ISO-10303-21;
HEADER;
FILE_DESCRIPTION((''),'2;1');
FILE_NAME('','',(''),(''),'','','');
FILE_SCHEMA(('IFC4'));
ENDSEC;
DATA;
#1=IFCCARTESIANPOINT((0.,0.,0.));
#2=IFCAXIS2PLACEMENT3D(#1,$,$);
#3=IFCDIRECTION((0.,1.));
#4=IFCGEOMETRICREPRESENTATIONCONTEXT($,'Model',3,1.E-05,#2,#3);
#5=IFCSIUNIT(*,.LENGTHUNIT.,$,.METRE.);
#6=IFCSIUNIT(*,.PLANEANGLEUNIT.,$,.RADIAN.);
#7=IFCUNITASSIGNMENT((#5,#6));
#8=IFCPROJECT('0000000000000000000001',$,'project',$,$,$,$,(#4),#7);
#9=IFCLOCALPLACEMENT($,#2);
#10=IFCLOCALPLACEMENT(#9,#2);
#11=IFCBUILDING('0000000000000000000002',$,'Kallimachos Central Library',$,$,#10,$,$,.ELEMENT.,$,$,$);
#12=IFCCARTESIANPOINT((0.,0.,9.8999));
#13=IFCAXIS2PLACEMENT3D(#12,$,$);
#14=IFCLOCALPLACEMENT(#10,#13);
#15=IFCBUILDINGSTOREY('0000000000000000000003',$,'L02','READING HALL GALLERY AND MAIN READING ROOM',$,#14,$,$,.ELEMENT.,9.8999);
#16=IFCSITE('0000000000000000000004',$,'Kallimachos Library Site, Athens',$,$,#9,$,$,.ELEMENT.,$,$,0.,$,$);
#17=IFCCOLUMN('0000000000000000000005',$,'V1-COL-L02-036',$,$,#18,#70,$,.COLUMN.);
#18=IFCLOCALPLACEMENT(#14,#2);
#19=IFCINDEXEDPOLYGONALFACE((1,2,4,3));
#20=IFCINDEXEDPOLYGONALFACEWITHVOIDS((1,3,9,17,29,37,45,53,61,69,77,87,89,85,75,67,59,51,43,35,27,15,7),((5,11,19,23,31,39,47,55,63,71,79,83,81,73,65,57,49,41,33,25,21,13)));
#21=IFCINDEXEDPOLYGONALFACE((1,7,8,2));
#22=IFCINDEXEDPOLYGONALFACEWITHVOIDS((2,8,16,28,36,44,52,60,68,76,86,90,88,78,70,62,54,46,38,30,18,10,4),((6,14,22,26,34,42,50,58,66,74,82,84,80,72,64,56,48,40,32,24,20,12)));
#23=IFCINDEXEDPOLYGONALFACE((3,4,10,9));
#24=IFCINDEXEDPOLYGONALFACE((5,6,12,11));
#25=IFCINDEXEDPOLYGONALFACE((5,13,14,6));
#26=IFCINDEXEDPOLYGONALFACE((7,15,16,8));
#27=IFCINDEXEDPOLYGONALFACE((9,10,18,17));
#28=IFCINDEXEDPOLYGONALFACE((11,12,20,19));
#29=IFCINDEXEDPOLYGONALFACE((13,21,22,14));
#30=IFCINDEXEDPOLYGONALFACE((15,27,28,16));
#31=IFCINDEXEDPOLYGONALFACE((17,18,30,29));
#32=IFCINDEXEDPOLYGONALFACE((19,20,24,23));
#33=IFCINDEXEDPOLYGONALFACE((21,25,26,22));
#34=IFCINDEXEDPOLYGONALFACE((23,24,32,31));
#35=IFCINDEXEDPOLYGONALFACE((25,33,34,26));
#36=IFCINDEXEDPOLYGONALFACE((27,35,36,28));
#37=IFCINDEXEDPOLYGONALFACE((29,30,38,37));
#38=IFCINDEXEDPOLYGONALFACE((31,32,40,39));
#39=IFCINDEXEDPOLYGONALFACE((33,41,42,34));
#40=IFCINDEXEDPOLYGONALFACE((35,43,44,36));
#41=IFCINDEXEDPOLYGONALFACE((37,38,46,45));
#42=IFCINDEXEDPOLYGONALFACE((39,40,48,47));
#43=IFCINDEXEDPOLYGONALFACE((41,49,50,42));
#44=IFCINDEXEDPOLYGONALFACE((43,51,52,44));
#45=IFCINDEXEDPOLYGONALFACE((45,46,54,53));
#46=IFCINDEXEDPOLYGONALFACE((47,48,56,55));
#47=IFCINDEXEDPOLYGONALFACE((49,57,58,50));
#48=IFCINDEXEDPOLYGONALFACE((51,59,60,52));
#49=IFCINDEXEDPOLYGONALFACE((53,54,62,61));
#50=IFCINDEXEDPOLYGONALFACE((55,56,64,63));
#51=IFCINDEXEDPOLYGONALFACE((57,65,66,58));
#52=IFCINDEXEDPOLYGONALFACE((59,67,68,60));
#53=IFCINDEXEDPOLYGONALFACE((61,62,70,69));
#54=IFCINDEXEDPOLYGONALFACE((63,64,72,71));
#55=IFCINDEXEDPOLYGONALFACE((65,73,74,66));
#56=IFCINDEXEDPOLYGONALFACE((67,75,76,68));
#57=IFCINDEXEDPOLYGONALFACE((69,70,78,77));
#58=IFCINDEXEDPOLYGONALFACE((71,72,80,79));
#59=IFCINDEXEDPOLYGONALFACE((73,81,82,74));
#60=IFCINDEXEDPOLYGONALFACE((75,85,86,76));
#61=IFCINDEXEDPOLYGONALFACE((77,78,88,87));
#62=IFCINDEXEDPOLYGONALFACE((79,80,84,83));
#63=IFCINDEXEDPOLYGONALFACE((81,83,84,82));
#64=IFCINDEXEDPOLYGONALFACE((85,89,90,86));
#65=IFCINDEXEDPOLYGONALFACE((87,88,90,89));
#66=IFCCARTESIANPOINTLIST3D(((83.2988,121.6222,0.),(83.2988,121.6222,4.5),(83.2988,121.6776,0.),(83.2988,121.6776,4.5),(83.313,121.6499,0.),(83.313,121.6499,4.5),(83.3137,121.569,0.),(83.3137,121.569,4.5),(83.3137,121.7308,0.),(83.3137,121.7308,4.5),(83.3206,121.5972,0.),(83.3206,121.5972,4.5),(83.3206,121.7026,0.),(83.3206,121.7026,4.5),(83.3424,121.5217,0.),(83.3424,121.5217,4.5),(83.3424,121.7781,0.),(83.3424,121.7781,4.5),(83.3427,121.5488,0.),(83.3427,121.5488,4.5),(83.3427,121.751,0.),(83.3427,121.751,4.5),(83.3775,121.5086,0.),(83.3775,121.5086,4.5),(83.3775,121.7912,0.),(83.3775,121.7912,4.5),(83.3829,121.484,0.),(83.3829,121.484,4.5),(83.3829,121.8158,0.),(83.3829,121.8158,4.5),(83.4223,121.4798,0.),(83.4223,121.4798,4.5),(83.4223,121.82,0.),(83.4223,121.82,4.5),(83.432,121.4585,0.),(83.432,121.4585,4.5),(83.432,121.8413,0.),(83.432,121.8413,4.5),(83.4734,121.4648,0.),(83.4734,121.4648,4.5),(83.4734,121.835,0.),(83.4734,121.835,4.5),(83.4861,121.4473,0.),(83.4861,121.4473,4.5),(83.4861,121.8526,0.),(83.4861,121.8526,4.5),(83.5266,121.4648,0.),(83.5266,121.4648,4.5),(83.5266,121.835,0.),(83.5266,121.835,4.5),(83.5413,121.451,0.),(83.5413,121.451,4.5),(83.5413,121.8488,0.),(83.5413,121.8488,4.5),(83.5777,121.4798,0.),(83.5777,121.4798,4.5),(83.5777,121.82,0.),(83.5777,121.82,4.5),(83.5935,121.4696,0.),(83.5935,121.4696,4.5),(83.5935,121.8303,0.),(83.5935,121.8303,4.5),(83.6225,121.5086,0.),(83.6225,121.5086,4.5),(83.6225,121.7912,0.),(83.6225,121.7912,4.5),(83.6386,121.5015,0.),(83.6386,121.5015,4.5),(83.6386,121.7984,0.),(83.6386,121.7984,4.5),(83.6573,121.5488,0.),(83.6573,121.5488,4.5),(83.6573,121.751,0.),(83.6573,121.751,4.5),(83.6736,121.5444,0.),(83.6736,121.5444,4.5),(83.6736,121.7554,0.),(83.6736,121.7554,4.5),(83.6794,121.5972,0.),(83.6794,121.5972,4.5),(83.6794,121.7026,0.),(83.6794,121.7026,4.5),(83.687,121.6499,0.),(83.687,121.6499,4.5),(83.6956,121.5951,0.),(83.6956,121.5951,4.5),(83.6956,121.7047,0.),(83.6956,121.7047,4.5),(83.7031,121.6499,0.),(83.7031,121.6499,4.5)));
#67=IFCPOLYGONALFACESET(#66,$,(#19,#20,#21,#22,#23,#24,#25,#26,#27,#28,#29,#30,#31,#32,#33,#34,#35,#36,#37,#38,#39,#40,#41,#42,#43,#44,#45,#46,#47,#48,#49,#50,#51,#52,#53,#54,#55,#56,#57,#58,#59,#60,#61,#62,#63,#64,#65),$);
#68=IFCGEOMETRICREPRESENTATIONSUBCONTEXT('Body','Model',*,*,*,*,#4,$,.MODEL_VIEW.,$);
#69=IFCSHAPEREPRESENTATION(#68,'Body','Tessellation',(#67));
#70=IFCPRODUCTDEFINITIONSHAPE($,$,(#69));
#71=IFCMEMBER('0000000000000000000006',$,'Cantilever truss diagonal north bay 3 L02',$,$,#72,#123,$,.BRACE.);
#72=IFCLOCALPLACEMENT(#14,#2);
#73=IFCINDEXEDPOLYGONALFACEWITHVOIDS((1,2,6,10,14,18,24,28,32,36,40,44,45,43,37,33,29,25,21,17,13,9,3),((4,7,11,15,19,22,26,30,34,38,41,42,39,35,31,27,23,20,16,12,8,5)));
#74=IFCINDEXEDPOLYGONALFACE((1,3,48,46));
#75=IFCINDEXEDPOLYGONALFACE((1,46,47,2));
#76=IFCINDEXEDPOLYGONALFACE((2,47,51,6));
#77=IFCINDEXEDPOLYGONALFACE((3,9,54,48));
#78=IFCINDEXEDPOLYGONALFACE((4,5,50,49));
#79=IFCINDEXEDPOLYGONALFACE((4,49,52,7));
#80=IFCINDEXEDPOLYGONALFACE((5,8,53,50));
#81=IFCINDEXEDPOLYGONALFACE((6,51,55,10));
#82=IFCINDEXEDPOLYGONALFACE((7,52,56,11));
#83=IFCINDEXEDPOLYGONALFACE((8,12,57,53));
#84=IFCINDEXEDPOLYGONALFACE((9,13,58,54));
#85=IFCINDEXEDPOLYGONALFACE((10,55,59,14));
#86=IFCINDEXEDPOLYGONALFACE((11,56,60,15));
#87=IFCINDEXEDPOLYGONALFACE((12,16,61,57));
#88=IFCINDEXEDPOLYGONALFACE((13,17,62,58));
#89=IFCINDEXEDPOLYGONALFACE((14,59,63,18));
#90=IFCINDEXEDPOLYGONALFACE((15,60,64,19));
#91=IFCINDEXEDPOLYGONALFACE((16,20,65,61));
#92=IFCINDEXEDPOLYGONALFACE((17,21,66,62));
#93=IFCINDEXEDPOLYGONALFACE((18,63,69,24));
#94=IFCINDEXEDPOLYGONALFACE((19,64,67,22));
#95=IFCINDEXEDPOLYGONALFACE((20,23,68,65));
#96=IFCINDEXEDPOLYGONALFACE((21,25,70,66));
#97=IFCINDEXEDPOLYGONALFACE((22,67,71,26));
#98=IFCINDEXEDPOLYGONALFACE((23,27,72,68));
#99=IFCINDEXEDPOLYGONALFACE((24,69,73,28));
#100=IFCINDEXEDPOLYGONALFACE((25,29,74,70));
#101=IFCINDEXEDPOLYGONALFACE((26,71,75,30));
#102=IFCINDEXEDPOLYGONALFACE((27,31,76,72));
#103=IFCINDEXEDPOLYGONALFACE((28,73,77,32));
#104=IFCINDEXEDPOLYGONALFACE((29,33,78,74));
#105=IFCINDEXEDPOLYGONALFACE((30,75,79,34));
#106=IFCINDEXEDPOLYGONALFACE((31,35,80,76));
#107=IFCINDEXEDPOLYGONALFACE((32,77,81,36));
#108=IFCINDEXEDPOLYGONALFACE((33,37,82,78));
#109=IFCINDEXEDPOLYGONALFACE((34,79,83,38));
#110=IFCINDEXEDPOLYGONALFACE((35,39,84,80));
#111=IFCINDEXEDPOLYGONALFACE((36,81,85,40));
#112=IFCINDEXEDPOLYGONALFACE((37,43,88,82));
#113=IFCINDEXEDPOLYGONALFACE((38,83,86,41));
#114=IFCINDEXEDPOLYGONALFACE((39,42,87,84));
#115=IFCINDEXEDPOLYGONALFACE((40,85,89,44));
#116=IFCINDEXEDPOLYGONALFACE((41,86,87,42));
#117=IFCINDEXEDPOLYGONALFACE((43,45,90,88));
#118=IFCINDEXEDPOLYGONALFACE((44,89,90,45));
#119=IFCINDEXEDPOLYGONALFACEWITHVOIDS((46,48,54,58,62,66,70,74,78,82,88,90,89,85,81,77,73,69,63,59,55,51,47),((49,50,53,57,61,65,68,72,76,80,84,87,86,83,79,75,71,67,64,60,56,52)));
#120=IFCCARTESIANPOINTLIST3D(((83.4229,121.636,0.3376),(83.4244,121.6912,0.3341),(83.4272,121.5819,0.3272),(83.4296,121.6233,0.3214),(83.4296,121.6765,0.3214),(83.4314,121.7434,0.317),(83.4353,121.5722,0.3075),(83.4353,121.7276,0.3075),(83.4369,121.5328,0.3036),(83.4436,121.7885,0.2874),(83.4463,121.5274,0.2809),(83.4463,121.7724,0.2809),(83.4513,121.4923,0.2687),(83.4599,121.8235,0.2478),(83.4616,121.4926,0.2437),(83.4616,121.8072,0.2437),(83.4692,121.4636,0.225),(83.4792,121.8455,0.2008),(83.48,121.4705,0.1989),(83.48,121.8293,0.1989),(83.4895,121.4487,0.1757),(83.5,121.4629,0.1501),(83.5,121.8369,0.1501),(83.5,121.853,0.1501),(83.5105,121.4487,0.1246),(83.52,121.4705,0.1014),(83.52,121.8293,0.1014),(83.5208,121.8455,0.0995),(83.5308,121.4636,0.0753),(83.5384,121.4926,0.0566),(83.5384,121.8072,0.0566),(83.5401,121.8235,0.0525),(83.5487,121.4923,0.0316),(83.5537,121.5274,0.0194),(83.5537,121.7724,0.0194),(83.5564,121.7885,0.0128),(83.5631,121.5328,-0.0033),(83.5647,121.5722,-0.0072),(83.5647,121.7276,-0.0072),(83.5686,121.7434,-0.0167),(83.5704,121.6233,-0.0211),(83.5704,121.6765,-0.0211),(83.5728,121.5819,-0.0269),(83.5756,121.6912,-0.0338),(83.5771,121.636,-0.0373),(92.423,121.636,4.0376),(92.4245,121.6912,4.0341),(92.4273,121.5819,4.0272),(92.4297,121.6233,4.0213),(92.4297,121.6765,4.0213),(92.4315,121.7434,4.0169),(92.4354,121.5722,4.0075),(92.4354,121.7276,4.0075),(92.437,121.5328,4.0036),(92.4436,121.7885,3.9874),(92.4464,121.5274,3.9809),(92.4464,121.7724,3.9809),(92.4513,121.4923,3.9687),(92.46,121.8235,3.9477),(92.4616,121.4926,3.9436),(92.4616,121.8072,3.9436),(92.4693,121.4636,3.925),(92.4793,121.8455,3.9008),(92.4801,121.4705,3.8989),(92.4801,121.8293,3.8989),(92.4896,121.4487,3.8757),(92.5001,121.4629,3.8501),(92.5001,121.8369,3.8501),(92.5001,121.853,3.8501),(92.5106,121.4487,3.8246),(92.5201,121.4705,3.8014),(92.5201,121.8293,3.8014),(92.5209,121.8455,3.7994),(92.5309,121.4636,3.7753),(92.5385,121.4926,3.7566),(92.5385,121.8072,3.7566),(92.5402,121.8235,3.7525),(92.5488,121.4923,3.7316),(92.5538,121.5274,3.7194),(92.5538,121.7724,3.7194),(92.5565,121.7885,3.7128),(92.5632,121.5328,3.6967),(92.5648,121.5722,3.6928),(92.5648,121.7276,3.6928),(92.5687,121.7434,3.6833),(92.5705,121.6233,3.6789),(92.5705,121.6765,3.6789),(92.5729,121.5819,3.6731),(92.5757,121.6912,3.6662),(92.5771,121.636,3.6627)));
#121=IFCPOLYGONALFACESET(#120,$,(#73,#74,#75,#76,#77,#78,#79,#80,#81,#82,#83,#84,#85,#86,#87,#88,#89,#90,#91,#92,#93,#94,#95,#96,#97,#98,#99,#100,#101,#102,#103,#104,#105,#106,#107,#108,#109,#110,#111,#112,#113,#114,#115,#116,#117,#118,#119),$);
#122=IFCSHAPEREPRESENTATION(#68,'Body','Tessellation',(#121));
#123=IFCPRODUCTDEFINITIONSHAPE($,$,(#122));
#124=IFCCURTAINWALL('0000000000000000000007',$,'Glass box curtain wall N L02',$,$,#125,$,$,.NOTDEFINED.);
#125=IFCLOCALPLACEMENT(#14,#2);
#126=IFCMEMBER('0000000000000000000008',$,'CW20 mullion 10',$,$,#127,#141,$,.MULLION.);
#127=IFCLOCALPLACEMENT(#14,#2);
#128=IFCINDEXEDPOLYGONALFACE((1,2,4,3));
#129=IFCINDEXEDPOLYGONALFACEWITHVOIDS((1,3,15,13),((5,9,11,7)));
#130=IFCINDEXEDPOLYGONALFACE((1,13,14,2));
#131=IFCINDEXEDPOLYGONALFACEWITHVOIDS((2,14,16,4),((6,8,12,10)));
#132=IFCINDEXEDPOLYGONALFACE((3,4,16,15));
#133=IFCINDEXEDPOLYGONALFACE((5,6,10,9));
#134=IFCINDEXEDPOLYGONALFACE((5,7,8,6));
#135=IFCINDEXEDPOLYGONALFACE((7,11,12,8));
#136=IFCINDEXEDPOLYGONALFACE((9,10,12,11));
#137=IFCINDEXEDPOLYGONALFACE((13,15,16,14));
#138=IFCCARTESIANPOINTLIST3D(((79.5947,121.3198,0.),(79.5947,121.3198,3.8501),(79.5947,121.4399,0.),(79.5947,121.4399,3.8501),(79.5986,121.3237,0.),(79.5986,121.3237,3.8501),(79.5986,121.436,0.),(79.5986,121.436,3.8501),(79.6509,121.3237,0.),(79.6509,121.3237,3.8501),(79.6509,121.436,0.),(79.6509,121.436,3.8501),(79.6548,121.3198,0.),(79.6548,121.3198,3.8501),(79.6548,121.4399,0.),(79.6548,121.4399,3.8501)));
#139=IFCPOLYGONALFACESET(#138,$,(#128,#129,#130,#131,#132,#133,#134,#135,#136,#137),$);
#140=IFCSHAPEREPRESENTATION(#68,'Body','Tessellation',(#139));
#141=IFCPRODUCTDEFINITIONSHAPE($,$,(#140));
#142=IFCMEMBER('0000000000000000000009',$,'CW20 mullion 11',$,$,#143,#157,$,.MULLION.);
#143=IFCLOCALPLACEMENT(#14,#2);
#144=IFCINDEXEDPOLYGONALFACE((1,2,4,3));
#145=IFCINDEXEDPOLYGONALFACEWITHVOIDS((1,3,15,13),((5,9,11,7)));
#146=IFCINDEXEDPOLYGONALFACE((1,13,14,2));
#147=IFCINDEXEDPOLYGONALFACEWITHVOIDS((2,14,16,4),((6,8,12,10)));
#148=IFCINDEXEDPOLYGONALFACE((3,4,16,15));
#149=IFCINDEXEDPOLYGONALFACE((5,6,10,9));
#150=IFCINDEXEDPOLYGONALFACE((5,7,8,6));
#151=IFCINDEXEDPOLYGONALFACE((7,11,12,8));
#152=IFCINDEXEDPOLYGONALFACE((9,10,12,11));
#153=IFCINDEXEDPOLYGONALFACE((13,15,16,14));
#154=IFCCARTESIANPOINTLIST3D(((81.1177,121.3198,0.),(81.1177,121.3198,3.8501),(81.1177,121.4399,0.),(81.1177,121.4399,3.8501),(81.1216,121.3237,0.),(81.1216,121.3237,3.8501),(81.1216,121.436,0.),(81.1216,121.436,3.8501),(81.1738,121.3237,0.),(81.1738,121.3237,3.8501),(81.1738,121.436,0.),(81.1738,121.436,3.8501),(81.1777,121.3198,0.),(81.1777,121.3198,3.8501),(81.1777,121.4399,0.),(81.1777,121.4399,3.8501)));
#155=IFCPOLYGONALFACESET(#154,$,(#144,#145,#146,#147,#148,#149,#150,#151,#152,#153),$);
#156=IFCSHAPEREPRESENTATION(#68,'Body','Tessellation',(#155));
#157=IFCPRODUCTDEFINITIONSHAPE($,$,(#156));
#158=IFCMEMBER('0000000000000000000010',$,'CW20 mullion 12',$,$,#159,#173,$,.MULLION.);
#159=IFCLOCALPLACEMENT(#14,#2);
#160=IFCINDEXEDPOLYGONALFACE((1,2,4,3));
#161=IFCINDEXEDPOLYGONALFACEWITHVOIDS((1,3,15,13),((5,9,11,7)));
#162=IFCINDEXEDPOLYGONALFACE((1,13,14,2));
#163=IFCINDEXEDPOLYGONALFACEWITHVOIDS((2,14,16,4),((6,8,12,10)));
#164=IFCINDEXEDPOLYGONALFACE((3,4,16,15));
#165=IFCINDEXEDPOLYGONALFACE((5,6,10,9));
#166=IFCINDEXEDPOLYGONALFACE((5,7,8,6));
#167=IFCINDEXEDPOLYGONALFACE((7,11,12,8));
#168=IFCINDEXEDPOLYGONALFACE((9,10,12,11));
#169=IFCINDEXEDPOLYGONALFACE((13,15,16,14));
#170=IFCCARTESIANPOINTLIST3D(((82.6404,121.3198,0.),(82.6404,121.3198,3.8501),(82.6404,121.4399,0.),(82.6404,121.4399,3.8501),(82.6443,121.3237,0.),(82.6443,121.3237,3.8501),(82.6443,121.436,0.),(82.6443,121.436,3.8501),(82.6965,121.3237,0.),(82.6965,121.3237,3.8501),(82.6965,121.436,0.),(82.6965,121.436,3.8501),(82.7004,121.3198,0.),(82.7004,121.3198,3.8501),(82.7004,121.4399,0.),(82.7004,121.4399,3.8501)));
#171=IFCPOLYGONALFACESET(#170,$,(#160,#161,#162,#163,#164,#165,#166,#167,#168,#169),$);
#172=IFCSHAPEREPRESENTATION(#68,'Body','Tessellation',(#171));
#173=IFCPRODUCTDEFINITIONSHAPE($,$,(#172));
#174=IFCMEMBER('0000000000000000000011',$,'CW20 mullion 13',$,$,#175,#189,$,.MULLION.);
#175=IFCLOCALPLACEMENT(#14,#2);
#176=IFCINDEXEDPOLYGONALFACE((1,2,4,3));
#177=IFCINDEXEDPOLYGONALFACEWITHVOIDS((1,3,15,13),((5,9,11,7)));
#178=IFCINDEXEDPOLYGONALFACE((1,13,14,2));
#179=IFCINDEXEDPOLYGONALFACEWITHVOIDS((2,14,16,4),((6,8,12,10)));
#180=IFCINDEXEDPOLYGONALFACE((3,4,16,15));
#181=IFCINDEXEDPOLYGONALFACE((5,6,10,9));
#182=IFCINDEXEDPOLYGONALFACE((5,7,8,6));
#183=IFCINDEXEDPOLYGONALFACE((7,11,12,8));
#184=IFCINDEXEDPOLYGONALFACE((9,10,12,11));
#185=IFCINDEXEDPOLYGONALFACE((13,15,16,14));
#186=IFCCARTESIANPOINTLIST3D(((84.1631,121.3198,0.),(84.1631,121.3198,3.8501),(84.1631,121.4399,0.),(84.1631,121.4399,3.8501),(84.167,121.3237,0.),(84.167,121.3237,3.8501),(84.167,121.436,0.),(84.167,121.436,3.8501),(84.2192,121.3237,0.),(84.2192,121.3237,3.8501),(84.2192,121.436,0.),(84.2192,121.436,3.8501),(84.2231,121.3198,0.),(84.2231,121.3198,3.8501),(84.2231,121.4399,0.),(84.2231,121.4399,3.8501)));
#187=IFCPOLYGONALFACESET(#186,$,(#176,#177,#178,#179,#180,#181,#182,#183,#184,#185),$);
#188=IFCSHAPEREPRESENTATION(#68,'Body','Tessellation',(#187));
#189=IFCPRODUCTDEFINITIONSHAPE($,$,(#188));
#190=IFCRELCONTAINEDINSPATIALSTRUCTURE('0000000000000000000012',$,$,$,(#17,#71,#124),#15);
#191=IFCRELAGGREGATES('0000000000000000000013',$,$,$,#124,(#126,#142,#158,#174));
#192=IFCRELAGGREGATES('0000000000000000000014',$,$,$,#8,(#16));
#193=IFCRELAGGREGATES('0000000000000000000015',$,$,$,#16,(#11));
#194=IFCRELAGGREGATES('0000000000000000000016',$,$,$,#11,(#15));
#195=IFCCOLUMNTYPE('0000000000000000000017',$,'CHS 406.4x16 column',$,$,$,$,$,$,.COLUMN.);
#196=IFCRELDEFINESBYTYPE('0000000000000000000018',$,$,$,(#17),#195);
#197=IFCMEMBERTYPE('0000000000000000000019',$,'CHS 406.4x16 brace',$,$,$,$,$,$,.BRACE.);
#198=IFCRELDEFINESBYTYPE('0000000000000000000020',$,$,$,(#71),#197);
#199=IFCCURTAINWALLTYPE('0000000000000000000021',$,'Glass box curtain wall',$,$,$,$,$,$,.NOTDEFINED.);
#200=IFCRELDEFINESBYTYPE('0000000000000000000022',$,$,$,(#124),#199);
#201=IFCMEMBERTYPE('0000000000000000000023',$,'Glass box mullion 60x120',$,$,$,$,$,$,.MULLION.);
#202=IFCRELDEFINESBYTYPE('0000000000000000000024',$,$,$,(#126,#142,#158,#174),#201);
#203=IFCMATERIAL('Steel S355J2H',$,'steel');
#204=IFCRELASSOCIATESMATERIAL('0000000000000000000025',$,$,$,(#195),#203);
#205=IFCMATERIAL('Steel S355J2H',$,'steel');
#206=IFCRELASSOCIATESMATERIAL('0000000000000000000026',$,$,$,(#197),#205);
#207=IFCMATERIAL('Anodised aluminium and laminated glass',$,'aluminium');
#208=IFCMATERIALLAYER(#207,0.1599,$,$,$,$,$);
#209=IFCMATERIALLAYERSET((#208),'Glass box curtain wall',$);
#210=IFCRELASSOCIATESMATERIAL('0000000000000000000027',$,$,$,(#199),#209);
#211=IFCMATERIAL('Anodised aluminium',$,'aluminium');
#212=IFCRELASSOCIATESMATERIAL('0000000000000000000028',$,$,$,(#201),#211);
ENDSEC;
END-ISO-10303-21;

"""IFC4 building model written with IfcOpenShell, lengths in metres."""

from ifc_helpers import new_model, si_unit, direction, frame, origin, origin_2d, place, context, subcontext, project, spatial, hollow_rectangle, hollow_circle, extrude, material, layer, layer_set, material_profile, profile_set, type_object, element, aggregate, save


model = new_model("IFC4")

# Units and contexts
model_context = context("Model", 3, precision=1e-05, world=origin(), true_north=direction((0.0, 1.0)))
body_context = subcontext(model_context, "Body", "Model", "MODEL_VIEW")
ifc_project = project(units=[si_unit("LENGTHUNIT", "METRE"), si_unit("PLANEANGLEUNIT", "RADIAN")], contexts=[model_context])

# Site, building, storey
site_placement = place(None, origin())
site = spatial("IfcSite", under=ifc_project, at=site_placement, Name="Kallimachos Library Site, Athens", CompositionType="ELEMENT", RefElevation=0.0)
building_placement = place(site_placement, origin())
building = spatial("IfcBuilding", under=site, at=building_placement, Name="Kallimachos Central Library", CompositionType="ELEMENT")
storey_placement = place(building_placement, frame((0.0, 0.0, 9.8999)))
storey = spatial("IfcBuildingStorey", under=building, at=storey_placement, Name="L02", Description="READING HALL GALLERY AND MAIN READING ROOM", CompositionType="ELEMENT", Elevation=9.8999)

# Column
ifc_material_1 = material(Name="Steel S355J2H", Category="steel")
ifc_material_profile_1 = material_profile(ifc_material_1, hollow_circle(Radius=0.2031, WallThickness=0.0161, at=origin_2d()), Name="CHS 406.4x16")
ifc_profile_set_1 = profile_set([ifc_material_profile_1], Name="Steel S355J2H")
column_type = type_object("IfcColumnType", Name="CHS 406.4x16 column", PredefinedType="COLUMN", material=ifc_profile_set_1)
column_placement = place(storey_placement, frame((83.5, 121.6499, 0.0), z_axis=(0.0, 0.0, 1.0), x_axis=(1.0, 0.0, 0.0)))
element("IfcColumn", 1, at=column_placement, inside=storey, type_object=column_type, Name="V1-COL-L02-036", PredefinedType="COLUMN", context=body_context, shape_type="SweptSolid", body=[
    extrude(hollow_circle(Radius=0.2031, WallThickness=0.0161, at=origin_2d()), origin(), (0.0, 0.0, 1.0), 4.5),
])

# Member
ifc_material_2 = material(Name="Steel S355J2H", Category="steel")
ifc_material_profile_2 = material_profile(ifc_material_2, hollow_circle(Radius=0.2031, WallThickness=0.0161, at=origin_2d()), Name="CHS 406.4x16")
ifc_profile_set_2 = profile_set([ifc_material_profile_2], Name="Steel S355J2H")
member_type_1 = type_object("IfcMemberType", Name="CHS 406.4x16 brace", PredefinedType="BRACE", material=ifc_profile_set_2)
member_1_placement = place(storey_placement, frame((83.5, 121.6499, 0.1501), z_axis=(0.924893, 0.0, 0.380229), x_axis=(0.0, 1.0, 0.0)))
element("IfcMember", 2, at=member_1_placement, inside=storey, type_object=member_type_1, Name="Cantilever truss diagonal north bay 3 L02", PredefinedType="BRACE", context=body_context, shape_type="SweptSolid", body=[
    extrude(hollow_circle(Radius=0.2031, WallThickness=0.0161, at=origin_2d()), origin(), (0.0, 0.0, 1.0), 9.731),
])

# Curtain wall, members
ifc_material_3 = material(Name="Anodised aluminium and laminated glass", Category="aluminium")
ifc_layer_1 = layer(ifc_material_3, 0.1599)
ifc_layer_set_1 = layer_set([ifc_layer_1], Name="Glass box curtain wall")
curtain_wall_type = type_object("IfcCurtainWallType", Name="Glass box curtain wall", PredefinedType="NOTDEFINED", material=ifc_layer_set_1)
curtain_wall_placement = place(storey_placement, origin())
curtain_wall = element("IfcCurtainWall", 3, at=curtain_wall_placement, inside=storey, type_object=curtain_wall_type, Name="Glass box curtain wall N L02", PredefinedType="NOTDEFINED")
ifc_material_4 = material(Name="Anodised aluminium", Category="aluminium")
ifc_material_profile_3 = material_profile(ifc_material_4, hollow_rectangle(XDim=0.0601, YDim=0.1201, WallThickness=0.0039, at=origin_2d()), Name="ALU MULLION 60x120")
ifc_profile_set_3 = profile_set([ifc_material_profile_3], Name="Anodised aluminium")
member_type_2 = type_object("IfcMemberType", Name="Glass box mullion 60x120", PredefinedType="MULLION", material=ifc_profile_set_3)
member_2_placement = place(storey_placement, frame((79.6248, 121.3799, 0.0), z_axis=(0.0, 0.0, 1.0), x_axis=(1.0, 0.0, 0.0)))
member_2 = element("IfcMember", 4, at=member_2_placement, type_object=member_type_2, Name="CW20 mullion 10", PredefinedType="MULLION", context=body_context, shape_type="SweptSolid", body=[
    extrude(hollow_rectangle(XDim=0.0601, YDim=0.1201, WallThickness=0.0039, at=origin_2d()), origin(), (0.0, 0.0, 1.0), 3.8501),
])
member_3_placement = place(storey_placement, frame((81.1477, 121.3799, 0.0), z_axis=(0.0, 0.0, 1.0), x_axis=(1.0, 0.0, 0.0)))
member_3 = element("IfcMember", 5, at=member_3_placement, type_object=member_type_2, Name="CW20 mullion 11", PredefinedType="MULLION", context=body_context, shape_type="SweptSolid", body=[
    extrude(hollow_rectangle(XDim=0.0601, YDim=0.1201, WallThickness=0.0039, at=origin_2d()), origin(), (0.0, 0.0, 1.0), 3.8501),
])
member_4_placement = place(storey_placement, frame((82.6704, 121.3799, 0.0), z_axis=(0.0, 0.0, 1.0), x_axis=(1.0, 0.0, 0.0)))
member_4 = element("IfcMember", 6, at=member_4_placement, type_object=member_type_2, Name="CW20 mullion 12", PredefinedType="MULLION", context=body_context, shape_type="SweptSolid", body=[
    extrude(hollow_rectangle(XDim=0.0601, YDim=0.1201, WallThickness=0.0039, at=origin_2d()), origin(), (0.0, 0.0, 1.0), 3.8501),
])
member_5_placement = place(storey_placement, frame((84.1931, 121.3799, 0.0), z_axis=(0.0, 0.0, 1.0), x_axis=(1.0, 0.0, 0.0)))
member_5 = element("IfcMember", 7, at=member_5_placement, type_object=member_type_2, Name="CW20 mullion 13", PredefinedType="MULLION", context=body_context, shape_type="SweptSolid", body=[
    extrude(hollow_rectangle(XDim=0.0601, YDim=0.1201, WallThickness=0.0039, at=origin_2d()), origin(), (0.0, 0.0, 1.0), 3.8501),
])

aggregate(curtain_wall, [member_2, member_3, member_4, member_5])

save(model, "model.ifc")
